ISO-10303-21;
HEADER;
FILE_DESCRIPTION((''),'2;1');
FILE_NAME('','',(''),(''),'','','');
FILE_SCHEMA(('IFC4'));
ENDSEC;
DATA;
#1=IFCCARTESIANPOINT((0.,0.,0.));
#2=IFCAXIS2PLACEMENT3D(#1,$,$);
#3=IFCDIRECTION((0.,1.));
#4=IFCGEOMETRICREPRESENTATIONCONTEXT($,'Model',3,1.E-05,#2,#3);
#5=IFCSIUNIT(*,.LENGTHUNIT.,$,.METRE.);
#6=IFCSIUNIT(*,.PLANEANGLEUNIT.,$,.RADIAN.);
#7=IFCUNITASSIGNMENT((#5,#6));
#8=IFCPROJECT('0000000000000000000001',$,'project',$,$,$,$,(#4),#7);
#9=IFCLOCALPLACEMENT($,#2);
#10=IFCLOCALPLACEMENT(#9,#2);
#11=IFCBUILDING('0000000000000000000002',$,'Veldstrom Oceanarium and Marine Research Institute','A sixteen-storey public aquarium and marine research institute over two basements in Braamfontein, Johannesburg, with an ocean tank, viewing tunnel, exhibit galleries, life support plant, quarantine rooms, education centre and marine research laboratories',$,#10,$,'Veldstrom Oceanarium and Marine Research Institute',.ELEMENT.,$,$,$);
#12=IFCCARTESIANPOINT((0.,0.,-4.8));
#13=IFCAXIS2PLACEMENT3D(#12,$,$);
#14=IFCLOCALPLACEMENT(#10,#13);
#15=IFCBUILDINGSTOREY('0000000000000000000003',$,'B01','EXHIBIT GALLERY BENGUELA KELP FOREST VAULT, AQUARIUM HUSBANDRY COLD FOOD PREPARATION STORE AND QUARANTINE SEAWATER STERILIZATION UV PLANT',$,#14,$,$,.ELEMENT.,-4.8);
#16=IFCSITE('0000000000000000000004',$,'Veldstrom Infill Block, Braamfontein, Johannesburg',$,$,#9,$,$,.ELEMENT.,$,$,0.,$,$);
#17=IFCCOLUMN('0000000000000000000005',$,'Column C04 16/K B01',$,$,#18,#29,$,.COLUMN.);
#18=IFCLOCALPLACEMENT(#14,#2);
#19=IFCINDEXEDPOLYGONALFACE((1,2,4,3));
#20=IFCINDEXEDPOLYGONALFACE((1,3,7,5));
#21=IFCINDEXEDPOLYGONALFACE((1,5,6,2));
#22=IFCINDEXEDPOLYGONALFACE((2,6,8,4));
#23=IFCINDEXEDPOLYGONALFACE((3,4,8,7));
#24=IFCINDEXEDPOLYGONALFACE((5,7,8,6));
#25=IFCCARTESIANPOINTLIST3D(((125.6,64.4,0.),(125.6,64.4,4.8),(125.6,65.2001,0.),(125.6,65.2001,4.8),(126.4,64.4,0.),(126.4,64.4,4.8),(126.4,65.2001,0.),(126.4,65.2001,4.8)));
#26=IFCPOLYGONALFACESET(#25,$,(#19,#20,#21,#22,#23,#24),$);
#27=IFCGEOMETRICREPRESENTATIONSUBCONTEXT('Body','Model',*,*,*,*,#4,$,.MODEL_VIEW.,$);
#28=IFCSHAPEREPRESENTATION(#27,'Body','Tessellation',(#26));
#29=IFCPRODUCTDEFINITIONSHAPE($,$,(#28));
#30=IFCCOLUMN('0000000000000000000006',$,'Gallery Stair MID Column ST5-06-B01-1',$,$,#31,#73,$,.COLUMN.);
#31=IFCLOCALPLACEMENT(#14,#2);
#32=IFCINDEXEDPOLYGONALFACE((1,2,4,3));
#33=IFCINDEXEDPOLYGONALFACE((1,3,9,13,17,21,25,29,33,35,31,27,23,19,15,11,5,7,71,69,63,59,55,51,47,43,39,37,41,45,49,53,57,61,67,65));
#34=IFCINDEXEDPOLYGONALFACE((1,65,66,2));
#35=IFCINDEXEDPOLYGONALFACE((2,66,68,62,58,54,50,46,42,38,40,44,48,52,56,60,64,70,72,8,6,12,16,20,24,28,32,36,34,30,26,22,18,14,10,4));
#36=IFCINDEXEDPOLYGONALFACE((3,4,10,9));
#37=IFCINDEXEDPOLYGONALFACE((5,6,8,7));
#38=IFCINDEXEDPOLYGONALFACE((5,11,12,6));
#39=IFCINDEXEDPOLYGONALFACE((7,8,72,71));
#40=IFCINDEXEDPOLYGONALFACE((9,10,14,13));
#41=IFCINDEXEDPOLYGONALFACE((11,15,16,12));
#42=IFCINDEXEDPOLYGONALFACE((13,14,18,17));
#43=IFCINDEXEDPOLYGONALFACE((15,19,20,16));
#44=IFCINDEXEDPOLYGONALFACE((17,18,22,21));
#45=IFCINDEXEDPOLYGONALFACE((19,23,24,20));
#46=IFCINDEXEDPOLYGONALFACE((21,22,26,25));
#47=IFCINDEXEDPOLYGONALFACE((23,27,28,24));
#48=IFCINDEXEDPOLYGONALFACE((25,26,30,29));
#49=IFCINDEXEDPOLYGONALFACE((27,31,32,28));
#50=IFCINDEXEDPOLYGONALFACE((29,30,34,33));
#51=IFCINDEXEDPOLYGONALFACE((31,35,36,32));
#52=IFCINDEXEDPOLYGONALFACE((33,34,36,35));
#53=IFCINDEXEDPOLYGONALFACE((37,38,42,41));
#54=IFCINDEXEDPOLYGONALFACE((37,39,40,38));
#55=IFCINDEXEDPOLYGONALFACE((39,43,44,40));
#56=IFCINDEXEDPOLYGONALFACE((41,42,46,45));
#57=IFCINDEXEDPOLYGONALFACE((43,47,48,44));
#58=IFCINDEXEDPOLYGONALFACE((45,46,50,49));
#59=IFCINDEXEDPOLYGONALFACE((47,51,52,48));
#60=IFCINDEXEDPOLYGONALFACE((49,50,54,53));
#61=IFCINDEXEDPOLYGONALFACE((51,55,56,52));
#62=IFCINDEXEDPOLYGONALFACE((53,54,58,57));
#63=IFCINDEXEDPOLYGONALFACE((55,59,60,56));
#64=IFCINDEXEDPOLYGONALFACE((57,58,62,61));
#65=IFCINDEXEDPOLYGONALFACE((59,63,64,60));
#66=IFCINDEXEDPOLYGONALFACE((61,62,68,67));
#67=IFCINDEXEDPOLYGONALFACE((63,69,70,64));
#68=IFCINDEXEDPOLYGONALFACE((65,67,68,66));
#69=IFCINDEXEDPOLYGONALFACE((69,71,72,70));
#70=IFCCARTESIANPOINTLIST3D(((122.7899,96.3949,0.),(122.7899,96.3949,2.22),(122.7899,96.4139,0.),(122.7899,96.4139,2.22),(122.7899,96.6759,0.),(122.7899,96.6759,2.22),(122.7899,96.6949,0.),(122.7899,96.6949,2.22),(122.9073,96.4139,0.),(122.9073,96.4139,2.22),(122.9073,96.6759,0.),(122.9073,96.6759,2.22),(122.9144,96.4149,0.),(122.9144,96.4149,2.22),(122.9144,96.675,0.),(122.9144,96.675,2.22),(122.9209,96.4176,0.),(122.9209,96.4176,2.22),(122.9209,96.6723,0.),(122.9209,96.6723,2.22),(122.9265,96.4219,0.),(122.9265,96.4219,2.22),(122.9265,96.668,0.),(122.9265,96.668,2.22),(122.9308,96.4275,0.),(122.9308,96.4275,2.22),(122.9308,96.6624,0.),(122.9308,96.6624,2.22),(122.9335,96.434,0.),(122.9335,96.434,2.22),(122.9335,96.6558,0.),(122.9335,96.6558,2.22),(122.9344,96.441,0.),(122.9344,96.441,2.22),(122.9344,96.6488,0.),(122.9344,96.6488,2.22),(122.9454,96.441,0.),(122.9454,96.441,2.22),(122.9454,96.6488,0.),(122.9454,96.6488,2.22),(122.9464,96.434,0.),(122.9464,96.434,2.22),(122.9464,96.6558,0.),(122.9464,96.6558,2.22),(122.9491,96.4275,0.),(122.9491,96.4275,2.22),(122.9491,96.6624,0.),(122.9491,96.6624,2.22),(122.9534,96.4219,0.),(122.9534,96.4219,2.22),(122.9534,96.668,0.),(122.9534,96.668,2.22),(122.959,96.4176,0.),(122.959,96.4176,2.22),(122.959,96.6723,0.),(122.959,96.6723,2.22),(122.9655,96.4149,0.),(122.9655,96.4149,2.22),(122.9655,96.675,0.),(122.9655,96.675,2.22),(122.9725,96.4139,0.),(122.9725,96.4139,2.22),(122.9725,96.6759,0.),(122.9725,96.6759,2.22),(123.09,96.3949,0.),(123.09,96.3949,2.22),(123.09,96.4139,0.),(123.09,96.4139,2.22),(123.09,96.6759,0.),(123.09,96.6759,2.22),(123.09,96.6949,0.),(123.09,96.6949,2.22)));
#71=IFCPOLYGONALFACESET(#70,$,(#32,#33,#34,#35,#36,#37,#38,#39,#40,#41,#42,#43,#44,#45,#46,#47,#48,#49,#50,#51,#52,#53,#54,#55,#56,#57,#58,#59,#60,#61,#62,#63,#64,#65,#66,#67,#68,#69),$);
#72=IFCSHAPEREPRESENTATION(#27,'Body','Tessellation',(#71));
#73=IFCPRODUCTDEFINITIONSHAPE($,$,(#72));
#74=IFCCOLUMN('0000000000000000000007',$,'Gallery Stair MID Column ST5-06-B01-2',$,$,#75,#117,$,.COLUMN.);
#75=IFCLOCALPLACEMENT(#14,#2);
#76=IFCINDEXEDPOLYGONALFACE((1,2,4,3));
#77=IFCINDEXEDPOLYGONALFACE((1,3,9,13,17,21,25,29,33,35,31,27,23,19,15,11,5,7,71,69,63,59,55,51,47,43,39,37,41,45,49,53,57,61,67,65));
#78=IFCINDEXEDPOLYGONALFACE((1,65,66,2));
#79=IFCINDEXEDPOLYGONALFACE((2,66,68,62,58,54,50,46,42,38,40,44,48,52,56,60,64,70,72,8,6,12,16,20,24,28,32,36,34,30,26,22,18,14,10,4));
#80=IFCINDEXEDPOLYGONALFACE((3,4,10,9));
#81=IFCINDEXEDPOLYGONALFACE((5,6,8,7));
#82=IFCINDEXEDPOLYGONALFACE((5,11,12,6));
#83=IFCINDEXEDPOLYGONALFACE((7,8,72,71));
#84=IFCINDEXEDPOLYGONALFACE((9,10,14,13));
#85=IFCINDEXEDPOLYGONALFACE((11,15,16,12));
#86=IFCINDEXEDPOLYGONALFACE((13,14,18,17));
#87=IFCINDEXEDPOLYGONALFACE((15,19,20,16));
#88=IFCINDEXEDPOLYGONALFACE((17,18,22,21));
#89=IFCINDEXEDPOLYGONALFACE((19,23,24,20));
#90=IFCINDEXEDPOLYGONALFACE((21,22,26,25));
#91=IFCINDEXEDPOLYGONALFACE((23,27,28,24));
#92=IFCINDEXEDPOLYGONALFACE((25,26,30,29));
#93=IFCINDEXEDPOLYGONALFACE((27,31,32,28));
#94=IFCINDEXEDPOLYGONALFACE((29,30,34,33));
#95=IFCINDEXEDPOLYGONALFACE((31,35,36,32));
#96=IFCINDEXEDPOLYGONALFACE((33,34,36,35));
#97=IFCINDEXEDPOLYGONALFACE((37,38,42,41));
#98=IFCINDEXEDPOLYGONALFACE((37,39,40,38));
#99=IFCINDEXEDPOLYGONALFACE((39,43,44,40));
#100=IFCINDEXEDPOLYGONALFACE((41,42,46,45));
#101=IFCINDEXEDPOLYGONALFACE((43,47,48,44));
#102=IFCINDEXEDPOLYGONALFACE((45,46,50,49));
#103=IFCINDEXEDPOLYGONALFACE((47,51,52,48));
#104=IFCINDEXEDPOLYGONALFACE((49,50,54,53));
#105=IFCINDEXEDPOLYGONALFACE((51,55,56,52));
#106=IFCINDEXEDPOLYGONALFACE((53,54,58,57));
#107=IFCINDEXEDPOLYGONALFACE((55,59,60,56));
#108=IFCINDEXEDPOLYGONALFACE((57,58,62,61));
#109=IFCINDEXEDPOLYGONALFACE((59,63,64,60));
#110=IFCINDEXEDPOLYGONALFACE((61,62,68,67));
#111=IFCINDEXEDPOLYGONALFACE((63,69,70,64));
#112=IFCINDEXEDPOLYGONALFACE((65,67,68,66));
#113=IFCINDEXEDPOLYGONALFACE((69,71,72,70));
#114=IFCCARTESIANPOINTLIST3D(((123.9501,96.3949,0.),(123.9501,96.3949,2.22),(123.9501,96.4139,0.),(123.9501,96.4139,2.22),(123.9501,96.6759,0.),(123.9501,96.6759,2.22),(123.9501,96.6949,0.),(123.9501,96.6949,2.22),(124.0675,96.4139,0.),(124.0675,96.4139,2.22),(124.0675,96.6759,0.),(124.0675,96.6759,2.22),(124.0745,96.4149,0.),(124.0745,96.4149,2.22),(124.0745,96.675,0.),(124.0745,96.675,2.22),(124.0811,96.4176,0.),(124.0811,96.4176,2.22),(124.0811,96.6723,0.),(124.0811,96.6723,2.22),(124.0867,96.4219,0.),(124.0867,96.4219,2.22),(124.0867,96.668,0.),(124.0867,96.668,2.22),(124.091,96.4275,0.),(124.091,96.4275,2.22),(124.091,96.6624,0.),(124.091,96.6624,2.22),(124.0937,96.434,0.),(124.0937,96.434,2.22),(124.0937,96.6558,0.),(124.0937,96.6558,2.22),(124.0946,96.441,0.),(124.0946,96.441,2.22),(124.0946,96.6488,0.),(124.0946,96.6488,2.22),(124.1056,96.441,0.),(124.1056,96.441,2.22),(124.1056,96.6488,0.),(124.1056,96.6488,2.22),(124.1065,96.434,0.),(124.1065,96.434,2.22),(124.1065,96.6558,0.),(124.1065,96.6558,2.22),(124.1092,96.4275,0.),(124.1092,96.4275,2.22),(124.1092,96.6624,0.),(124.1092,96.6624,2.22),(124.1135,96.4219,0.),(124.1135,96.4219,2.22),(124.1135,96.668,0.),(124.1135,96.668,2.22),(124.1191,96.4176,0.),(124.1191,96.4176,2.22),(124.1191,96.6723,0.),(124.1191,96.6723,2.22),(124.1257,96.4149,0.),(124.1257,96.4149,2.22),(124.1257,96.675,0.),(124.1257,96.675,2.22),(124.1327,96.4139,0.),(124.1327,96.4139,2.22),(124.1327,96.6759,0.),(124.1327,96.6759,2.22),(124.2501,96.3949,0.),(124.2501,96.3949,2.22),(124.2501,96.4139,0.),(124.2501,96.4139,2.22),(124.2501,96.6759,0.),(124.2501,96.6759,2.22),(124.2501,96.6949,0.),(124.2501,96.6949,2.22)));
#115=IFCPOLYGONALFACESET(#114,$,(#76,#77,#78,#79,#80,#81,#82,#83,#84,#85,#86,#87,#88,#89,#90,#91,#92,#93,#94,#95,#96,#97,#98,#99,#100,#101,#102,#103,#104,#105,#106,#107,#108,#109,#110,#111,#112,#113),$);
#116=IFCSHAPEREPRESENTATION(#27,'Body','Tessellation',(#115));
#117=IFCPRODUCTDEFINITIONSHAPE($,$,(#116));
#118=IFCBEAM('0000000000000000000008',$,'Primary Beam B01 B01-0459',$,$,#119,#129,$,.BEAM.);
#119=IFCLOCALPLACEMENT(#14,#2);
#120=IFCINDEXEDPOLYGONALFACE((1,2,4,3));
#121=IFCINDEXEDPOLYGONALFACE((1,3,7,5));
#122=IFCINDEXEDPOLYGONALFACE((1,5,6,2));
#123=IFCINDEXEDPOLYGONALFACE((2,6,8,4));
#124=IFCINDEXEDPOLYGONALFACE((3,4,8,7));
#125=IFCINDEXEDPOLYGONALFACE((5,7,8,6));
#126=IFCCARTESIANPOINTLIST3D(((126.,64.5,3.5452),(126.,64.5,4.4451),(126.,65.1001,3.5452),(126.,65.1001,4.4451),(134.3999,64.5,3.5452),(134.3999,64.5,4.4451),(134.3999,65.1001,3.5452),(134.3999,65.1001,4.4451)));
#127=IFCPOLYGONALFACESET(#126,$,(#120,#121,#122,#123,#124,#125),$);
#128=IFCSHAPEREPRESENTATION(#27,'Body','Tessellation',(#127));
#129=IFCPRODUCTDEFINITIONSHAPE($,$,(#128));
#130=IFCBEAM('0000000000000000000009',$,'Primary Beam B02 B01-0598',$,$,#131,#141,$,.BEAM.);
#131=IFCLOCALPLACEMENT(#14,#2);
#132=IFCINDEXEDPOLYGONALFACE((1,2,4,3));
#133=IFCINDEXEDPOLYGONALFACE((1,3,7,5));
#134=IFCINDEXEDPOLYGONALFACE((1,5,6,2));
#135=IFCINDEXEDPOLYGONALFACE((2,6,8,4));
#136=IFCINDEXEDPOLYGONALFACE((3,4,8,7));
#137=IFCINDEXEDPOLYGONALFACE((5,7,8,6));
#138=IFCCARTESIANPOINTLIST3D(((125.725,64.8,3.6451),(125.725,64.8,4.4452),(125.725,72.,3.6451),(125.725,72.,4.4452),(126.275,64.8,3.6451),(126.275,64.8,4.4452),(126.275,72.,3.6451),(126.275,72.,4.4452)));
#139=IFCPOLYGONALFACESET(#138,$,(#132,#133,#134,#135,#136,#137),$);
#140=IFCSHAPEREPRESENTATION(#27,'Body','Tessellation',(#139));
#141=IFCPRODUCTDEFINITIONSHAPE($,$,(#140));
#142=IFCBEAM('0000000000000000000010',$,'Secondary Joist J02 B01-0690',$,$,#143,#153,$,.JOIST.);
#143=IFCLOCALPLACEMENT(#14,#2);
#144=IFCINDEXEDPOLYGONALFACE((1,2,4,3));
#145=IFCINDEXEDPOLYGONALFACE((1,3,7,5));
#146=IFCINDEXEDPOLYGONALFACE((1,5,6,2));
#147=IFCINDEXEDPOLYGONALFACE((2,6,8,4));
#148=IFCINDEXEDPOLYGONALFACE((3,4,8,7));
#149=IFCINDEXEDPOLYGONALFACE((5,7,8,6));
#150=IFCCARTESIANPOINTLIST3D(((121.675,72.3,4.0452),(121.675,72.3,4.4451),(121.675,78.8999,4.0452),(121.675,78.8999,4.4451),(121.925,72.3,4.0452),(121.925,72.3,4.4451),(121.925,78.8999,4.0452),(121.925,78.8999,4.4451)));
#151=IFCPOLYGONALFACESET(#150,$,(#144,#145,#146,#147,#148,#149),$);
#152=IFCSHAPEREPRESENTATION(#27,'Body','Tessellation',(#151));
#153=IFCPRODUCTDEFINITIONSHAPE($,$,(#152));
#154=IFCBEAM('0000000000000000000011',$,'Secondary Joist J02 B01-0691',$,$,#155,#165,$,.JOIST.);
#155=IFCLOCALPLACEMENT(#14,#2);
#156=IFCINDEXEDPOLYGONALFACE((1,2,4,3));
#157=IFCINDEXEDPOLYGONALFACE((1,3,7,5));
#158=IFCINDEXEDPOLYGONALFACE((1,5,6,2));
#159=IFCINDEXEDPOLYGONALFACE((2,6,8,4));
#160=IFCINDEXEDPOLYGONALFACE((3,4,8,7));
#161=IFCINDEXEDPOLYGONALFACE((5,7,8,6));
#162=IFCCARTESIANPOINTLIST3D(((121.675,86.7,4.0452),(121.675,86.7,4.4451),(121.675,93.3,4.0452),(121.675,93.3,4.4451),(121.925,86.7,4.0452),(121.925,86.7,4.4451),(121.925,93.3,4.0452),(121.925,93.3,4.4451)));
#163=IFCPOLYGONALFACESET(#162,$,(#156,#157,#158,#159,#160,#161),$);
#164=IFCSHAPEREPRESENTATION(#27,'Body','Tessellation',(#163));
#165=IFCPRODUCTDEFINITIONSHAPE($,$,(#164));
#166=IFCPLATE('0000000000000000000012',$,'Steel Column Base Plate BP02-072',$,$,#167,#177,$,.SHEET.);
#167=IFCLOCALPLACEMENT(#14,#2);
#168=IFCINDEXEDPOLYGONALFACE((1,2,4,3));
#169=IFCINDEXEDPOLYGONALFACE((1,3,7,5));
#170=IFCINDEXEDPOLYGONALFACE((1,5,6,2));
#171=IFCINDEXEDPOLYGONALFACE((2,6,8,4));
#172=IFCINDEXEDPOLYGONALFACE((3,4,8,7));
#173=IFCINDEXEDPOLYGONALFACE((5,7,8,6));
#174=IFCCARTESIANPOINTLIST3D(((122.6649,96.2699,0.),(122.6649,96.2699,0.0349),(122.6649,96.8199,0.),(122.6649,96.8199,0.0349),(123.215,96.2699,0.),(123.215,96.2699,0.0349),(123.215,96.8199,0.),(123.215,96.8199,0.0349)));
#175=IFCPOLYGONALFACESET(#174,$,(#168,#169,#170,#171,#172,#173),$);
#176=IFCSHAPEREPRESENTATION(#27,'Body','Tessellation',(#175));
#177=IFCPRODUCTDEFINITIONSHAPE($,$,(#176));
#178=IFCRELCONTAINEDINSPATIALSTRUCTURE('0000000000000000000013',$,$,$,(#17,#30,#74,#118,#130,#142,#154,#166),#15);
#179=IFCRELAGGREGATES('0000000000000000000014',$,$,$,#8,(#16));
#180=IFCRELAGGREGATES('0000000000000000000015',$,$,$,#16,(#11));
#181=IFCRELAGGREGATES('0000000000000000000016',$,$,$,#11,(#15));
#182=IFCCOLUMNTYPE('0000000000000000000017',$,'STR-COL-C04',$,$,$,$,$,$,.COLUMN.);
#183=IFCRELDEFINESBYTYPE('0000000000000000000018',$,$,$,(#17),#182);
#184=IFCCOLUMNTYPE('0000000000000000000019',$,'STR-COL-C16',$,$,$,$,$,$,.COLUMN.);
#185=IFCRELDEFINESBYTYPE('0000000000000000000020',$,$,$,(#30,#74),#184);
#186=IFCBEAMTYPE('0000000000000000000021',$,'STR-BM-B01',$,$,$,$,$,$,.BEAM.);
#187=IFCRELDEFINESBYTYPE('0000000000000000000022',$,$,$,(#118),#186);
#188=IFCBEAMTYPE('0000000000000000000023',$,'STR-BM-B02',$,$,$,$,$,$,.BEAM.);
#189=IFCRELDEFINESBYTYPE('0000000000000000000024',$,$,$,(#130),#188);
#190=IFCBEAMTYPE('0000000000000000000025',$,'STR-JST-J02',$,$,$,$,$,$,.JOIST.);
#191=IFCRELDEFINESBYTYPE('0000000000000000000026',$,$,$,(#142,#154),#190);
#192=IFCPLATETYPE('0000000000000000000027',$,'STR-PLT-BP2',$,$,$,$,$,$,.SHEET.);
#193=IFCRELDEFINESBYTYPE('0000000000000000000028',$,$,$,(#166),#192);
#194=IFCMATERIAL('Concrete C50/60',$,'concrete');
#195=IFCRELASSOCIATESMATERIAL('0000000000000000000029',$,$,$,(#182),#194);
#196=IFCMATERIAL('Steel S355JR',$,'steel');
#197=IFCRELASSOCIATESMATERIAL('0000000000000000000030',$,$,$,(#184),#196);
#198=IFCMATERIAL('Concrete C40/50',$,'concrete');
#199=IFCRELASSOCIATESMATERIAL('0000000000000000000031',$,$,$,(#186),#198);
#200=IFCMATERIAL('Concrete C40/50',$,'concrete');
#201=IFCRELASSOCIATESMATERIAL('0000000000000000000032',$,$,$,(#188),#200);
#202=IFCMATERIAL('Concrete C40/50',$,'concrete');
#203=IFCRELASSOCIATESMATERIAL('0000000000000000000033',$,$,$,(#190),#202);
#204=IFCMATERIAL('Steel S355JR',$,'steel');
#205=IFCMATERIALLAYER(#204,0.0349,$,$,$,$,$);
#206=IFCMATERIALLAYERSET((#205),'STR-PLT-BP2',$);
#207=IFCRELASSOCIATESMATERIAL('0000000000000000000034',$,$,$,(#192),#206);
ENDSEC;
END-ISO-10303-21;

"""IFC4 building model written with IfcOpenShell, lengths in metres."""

from ifc_helpers import new_model, si_unit, direction, frame, origin, origin_2d, place, context, subcontext, project, spatial, rectangle, i_section, extrude, material, layer, layer_set, material_profile, profile_set, type_object, element, save


model = new_model("IFC4")

# Units and contexts
model_context = context("Model", 3, precision=1e-05, world=origin(), true_north=direction((0.0, 1.0)))
body_context = subcontext(model_context, "Body", "Model", "MODEL_VIEW")
ifc_project = project(units=[si_unit("LENGTHUNIT", "METRE"), si_unit("PLANEANGLEUNIT", "RADIAN")], contexts=[model_context])

# Site, building, storey
site_placement = place(None, origin())
site = spatial("IfcSite", under=ifc_project, at=site_placement, Name="Veldstrom Infill Block, Braamfontein, Johannesburg", CompositionType="ELEMENT", RefElevation=0.0)
building_placement = place(site_placement, origin())
building = spatial("IfcBuilding", under=site, at=building_placement, Name="Veldstrom Oceanarium and Marine Research Institute", Description="A sixteen-storey public aquarium and marine research institute over two basements in Braamfontein, Johannesburg, with an ocean tank, viewing tunnel, exhibit galleries, life support plant, quarantine rooms, education centre and marine research laboratories", LongName="Veldstrom Oceanarium and Marine Research Institute", CompositionType="ELEMENT")
storey_placement = place(building_placement, frame((0.0, 0.0, -4.8)))
storey = spatial("IfcBuildingStorey", under=building, at=storey_placement, Name="B01", Description="EXHIBIT GALLERY BENGUELA KELP FOREST VAULT, AQUARIUM HUSBANDRY COLD FOOD PREPARATION STORE AND QUARANTINE SEAWATER STERILIZATION UV PLANT", CompositionType="ELEMENT", Elevation=-4.8)

# Columns
ifc_material_1 = material(Name="Concrete C50/60", Category="concrete")
ifc_material_profile_1 = material_profile(ifc_material_1, rectangle(XDim=0.8, YDim=0.8, at=origin_2d()), Name="RC-COL-800x800")
ifc_profile_set_1 = profile_set([ifc_material_profile_1], Name="Concrete C50/60")
column_type_1 = type_object("IfcColumnType", Name="STR-COL-C04", PredefinedType="COLUMN", material=ifc_profile_set_1)
column_placement = place(storey_placement, frame((126.0, 64.8, 0.0), z_axis=(0.0, 0.0, 1.0), x_axis=(1.0, 0.0, 0.0)))
element("IfcColumn", 1, at=column_placement, inside=storey, type_object=column_type_1, Name="Column C04 16/K B01", PredefinedType="COLUMN", context=body_context, shape_type="SweptSolid", body=[
    extrude(rectangle(XDim=0.8, YDim=0.8, at=origin_2d()), origin(), (0.0, 0.0, 1.0), 4.8),
])
ifc_material_2 = material(Name="Steel S355JR", Category="steel")
ifc_material_profile_2 = material_profile(ifc_material_2, i_section(OverallWidth=0.3, OverallDepth=0.3, WebThickness=0.011, FlangeThickness=0.019, FilletRadius=0.0271, at=origin_2d()), Name="HEB 300")
ifc_profile_set_2 = profile_set([ifc_material_profile_2], Name="Steel S355JR")
column_type_2 = type_object("IfcColumnType", Name="STR-COL-C16", PredefinedType="COLUMN", material=ifc_profile_set_2)
for number, where, z_axis, x_axis, name in (
    (2, (122.9399, 96.5449, 0.0), (0.0, 0.0, 1.0), (1.0, 0.0, 0.0), "Gallery Stair MID Column ST5-06-B01-1"),
    (3, (124.1001, 96.5449, 0.0), (0.0, 0.0, 1.0), (1.0, 0.0, 0.0), "Gallery Stair MID Column ST5-06-B01-2"),
):
    element("IfcColumn", number, at=place(storey_placement, frame(where, z_axis=z_axis, x_axis=x_axis)), inside=storey, type_object=column_type_2, Name=name, PredefinedType="COLUMN", context=body_context, shape_type="SweptSolid", body=[
        extrude(i_section(OverallWidth=0.3, OverallDepth=0.3, WebThickness=0.011, FlangeThickness=0.019, FilletRadius=0.0271, at=origin_2d()), origin(), (0.0, 0.0, 1.0), 2.22),
    ])

# Beams
ifc_material_3 = material(Name="Concrete C40/50", Category="concrete")
ifc_material_profile_3 = material_profile(ifc_material_3, rectangle(XDim=0.6001, YDim=0.8999, at=origin_2d()), Name="RC-BM-600x900")
ifc_profile_set_3 = profile_set([ifc_material_profile_3], Name="Concrete C40/50")
beam_type_1 = type_object("IfcBeamType", Name="STR-BM-B01", PredefinedType="BEAM", material=ifc_profile_set_3)
beam_1_placement = place(storey_placement, frame((126.0, 64.8, 3.9951), z_axis=(1.0, 0.0, 0.0), x_axis=(0.0, 1.0, 0.0)))
element("IfcBeam", 4, at=beam_1_placement, inside=storey, type_object=beam_type_1, Name="Primary Beam B01 B01-0459", PredefinedType="BEAM", context=body_context, shape_type="SweptSolid", body=[
    extrude(rectangle(XDim=0.6001, YDim=0.8999, at=origin_2d()), origin(), (0.0, 0.0, 1.0), 8.3999),
])
ifc_material_4 = material(Name="Concrete C40/50", Category="concrete")
ifc_material_profile_4 = material_profile(ifc_material_4, rectangle(XDim=0.55, YDim=0.8, at=origin_2d()), Name="RC-BM-550x800")
ifc_profile_set_4 = profile_set([ifc_material_profile_4], Name="Concrete C40/50")
beam_type_2 = type_object("IfcBeamType", Name="STR-BM-B02", PredefinedType="BEAM", material=ifc_profile_set_4)
beam_2_placement = place(storey_placement, frame((126.0, 64.8, 4.0452), z_axis=(0.0, 1.0, 0.0), x_axis=(-1.0, 0.0, 0.0)))
element("IfcBeam", 5, at=beam_2_placement, inside=storey, type_object=beam_type_2, Name="Primary Beam B02 B01-0598", PredefinedType="BEAM", context=body_context, shape_type="SweptSolid", body=[
    extrude(rectangle(XDim=0.55, YDim=0.8, at=origin_2d()), origin(), (0.0, 0.0, 1.0), 7.2),
])
ifc_material_5 = material(Name="Concrete C40/50", Category="concrete")
ifc_material_profile_5 = material_profile(ifc_material_5, rectangle(XDim=0.25, YDim=0.3999, at=origin_2d()), Name="RC-JST-250x400")
ifc_profile_set_5 = profile_set([ifc_material_profile_5], Name="Concrete C40/50")
beam_type_3 = type_object("IfcBeamType", Name="STR-JST-J02", PredefinedType="JOIST", material=ifc_profile_set_5)
beam_3_placement = place(storey_placement, frame((121.8, 72.3, 4.2451), z_axis=(0.0, 1.0, 0.0), x_axis=(-1.0, 0.0, 0.0)))
element("IfcBeam", 6, at=beam_3_placement, inside=storey, type_object=beam_type_3, Name="Secondary Joist J02 B01-0690", PredefinedType="JOIST", context=body_context, shape_type="SweptSolid", body=[
    extrude(rectangle(XDim=0.25, YDim=0.3999, at=origin_2d()), origin(), (0.0, 0.0, 1.0), 6.5999),
])
beam_4_placement = place(storey_placement, frame((121.8, 86.7, 4.2451), z_axis=(0.0, 1.0, 0.0), x_axis=(-1.0, 0.0, 0.0)))
element("IfcBeam", 7, at=beam_4_placement, inside=storey, type_object=beam_type_3, Name="Secondary Joist J02 B01-0691", PredefinedType="JOIST", context=body_context, shape_type="SweptSolid", body=[
    extrude(rectangle(XDim=0.25, YDim=0.3999, at=origin_2d()), origin(), (0.0, 0.0, 1.0), 6.6001),
])

# Plate
ifc_material_6 = material(Name="Steel S355JR", Category="steel")
ifc_layer_1 = layer(ifc_material_6, 0.0349)
ifc_layer_set_1 = layer_set([ifc_layer_1], Name="STR-PLT-BP2")
plate_type_1 = type_object("IfcPlateType", Name="STR-PLT-BP2", PredefinedType="SHEET", material=ifc_layer_set_1)
plate_1_placement = place(storey_placement, frame((122.9399, 96.5449, 0.0), z_axis=(0.0, 0.0, 1.0), x_axis=(1.0, 0.0, 0.0)))
element("IfcPlate", 8, at=plate_1_placement, inside=storey, type_object=plate_type_1, Name="Steel Column Base Plate BP02-072", PredefinedType="SHEET", context=body_context, shape_type="SweptSolid", body=[
    extrude(rectangle(XDim=0.55, YDim=0.55, at=origin_2d()), origin(), (0.0, 0.0, 1.0), 0.0349),
])

save(model, "model.ifc")
